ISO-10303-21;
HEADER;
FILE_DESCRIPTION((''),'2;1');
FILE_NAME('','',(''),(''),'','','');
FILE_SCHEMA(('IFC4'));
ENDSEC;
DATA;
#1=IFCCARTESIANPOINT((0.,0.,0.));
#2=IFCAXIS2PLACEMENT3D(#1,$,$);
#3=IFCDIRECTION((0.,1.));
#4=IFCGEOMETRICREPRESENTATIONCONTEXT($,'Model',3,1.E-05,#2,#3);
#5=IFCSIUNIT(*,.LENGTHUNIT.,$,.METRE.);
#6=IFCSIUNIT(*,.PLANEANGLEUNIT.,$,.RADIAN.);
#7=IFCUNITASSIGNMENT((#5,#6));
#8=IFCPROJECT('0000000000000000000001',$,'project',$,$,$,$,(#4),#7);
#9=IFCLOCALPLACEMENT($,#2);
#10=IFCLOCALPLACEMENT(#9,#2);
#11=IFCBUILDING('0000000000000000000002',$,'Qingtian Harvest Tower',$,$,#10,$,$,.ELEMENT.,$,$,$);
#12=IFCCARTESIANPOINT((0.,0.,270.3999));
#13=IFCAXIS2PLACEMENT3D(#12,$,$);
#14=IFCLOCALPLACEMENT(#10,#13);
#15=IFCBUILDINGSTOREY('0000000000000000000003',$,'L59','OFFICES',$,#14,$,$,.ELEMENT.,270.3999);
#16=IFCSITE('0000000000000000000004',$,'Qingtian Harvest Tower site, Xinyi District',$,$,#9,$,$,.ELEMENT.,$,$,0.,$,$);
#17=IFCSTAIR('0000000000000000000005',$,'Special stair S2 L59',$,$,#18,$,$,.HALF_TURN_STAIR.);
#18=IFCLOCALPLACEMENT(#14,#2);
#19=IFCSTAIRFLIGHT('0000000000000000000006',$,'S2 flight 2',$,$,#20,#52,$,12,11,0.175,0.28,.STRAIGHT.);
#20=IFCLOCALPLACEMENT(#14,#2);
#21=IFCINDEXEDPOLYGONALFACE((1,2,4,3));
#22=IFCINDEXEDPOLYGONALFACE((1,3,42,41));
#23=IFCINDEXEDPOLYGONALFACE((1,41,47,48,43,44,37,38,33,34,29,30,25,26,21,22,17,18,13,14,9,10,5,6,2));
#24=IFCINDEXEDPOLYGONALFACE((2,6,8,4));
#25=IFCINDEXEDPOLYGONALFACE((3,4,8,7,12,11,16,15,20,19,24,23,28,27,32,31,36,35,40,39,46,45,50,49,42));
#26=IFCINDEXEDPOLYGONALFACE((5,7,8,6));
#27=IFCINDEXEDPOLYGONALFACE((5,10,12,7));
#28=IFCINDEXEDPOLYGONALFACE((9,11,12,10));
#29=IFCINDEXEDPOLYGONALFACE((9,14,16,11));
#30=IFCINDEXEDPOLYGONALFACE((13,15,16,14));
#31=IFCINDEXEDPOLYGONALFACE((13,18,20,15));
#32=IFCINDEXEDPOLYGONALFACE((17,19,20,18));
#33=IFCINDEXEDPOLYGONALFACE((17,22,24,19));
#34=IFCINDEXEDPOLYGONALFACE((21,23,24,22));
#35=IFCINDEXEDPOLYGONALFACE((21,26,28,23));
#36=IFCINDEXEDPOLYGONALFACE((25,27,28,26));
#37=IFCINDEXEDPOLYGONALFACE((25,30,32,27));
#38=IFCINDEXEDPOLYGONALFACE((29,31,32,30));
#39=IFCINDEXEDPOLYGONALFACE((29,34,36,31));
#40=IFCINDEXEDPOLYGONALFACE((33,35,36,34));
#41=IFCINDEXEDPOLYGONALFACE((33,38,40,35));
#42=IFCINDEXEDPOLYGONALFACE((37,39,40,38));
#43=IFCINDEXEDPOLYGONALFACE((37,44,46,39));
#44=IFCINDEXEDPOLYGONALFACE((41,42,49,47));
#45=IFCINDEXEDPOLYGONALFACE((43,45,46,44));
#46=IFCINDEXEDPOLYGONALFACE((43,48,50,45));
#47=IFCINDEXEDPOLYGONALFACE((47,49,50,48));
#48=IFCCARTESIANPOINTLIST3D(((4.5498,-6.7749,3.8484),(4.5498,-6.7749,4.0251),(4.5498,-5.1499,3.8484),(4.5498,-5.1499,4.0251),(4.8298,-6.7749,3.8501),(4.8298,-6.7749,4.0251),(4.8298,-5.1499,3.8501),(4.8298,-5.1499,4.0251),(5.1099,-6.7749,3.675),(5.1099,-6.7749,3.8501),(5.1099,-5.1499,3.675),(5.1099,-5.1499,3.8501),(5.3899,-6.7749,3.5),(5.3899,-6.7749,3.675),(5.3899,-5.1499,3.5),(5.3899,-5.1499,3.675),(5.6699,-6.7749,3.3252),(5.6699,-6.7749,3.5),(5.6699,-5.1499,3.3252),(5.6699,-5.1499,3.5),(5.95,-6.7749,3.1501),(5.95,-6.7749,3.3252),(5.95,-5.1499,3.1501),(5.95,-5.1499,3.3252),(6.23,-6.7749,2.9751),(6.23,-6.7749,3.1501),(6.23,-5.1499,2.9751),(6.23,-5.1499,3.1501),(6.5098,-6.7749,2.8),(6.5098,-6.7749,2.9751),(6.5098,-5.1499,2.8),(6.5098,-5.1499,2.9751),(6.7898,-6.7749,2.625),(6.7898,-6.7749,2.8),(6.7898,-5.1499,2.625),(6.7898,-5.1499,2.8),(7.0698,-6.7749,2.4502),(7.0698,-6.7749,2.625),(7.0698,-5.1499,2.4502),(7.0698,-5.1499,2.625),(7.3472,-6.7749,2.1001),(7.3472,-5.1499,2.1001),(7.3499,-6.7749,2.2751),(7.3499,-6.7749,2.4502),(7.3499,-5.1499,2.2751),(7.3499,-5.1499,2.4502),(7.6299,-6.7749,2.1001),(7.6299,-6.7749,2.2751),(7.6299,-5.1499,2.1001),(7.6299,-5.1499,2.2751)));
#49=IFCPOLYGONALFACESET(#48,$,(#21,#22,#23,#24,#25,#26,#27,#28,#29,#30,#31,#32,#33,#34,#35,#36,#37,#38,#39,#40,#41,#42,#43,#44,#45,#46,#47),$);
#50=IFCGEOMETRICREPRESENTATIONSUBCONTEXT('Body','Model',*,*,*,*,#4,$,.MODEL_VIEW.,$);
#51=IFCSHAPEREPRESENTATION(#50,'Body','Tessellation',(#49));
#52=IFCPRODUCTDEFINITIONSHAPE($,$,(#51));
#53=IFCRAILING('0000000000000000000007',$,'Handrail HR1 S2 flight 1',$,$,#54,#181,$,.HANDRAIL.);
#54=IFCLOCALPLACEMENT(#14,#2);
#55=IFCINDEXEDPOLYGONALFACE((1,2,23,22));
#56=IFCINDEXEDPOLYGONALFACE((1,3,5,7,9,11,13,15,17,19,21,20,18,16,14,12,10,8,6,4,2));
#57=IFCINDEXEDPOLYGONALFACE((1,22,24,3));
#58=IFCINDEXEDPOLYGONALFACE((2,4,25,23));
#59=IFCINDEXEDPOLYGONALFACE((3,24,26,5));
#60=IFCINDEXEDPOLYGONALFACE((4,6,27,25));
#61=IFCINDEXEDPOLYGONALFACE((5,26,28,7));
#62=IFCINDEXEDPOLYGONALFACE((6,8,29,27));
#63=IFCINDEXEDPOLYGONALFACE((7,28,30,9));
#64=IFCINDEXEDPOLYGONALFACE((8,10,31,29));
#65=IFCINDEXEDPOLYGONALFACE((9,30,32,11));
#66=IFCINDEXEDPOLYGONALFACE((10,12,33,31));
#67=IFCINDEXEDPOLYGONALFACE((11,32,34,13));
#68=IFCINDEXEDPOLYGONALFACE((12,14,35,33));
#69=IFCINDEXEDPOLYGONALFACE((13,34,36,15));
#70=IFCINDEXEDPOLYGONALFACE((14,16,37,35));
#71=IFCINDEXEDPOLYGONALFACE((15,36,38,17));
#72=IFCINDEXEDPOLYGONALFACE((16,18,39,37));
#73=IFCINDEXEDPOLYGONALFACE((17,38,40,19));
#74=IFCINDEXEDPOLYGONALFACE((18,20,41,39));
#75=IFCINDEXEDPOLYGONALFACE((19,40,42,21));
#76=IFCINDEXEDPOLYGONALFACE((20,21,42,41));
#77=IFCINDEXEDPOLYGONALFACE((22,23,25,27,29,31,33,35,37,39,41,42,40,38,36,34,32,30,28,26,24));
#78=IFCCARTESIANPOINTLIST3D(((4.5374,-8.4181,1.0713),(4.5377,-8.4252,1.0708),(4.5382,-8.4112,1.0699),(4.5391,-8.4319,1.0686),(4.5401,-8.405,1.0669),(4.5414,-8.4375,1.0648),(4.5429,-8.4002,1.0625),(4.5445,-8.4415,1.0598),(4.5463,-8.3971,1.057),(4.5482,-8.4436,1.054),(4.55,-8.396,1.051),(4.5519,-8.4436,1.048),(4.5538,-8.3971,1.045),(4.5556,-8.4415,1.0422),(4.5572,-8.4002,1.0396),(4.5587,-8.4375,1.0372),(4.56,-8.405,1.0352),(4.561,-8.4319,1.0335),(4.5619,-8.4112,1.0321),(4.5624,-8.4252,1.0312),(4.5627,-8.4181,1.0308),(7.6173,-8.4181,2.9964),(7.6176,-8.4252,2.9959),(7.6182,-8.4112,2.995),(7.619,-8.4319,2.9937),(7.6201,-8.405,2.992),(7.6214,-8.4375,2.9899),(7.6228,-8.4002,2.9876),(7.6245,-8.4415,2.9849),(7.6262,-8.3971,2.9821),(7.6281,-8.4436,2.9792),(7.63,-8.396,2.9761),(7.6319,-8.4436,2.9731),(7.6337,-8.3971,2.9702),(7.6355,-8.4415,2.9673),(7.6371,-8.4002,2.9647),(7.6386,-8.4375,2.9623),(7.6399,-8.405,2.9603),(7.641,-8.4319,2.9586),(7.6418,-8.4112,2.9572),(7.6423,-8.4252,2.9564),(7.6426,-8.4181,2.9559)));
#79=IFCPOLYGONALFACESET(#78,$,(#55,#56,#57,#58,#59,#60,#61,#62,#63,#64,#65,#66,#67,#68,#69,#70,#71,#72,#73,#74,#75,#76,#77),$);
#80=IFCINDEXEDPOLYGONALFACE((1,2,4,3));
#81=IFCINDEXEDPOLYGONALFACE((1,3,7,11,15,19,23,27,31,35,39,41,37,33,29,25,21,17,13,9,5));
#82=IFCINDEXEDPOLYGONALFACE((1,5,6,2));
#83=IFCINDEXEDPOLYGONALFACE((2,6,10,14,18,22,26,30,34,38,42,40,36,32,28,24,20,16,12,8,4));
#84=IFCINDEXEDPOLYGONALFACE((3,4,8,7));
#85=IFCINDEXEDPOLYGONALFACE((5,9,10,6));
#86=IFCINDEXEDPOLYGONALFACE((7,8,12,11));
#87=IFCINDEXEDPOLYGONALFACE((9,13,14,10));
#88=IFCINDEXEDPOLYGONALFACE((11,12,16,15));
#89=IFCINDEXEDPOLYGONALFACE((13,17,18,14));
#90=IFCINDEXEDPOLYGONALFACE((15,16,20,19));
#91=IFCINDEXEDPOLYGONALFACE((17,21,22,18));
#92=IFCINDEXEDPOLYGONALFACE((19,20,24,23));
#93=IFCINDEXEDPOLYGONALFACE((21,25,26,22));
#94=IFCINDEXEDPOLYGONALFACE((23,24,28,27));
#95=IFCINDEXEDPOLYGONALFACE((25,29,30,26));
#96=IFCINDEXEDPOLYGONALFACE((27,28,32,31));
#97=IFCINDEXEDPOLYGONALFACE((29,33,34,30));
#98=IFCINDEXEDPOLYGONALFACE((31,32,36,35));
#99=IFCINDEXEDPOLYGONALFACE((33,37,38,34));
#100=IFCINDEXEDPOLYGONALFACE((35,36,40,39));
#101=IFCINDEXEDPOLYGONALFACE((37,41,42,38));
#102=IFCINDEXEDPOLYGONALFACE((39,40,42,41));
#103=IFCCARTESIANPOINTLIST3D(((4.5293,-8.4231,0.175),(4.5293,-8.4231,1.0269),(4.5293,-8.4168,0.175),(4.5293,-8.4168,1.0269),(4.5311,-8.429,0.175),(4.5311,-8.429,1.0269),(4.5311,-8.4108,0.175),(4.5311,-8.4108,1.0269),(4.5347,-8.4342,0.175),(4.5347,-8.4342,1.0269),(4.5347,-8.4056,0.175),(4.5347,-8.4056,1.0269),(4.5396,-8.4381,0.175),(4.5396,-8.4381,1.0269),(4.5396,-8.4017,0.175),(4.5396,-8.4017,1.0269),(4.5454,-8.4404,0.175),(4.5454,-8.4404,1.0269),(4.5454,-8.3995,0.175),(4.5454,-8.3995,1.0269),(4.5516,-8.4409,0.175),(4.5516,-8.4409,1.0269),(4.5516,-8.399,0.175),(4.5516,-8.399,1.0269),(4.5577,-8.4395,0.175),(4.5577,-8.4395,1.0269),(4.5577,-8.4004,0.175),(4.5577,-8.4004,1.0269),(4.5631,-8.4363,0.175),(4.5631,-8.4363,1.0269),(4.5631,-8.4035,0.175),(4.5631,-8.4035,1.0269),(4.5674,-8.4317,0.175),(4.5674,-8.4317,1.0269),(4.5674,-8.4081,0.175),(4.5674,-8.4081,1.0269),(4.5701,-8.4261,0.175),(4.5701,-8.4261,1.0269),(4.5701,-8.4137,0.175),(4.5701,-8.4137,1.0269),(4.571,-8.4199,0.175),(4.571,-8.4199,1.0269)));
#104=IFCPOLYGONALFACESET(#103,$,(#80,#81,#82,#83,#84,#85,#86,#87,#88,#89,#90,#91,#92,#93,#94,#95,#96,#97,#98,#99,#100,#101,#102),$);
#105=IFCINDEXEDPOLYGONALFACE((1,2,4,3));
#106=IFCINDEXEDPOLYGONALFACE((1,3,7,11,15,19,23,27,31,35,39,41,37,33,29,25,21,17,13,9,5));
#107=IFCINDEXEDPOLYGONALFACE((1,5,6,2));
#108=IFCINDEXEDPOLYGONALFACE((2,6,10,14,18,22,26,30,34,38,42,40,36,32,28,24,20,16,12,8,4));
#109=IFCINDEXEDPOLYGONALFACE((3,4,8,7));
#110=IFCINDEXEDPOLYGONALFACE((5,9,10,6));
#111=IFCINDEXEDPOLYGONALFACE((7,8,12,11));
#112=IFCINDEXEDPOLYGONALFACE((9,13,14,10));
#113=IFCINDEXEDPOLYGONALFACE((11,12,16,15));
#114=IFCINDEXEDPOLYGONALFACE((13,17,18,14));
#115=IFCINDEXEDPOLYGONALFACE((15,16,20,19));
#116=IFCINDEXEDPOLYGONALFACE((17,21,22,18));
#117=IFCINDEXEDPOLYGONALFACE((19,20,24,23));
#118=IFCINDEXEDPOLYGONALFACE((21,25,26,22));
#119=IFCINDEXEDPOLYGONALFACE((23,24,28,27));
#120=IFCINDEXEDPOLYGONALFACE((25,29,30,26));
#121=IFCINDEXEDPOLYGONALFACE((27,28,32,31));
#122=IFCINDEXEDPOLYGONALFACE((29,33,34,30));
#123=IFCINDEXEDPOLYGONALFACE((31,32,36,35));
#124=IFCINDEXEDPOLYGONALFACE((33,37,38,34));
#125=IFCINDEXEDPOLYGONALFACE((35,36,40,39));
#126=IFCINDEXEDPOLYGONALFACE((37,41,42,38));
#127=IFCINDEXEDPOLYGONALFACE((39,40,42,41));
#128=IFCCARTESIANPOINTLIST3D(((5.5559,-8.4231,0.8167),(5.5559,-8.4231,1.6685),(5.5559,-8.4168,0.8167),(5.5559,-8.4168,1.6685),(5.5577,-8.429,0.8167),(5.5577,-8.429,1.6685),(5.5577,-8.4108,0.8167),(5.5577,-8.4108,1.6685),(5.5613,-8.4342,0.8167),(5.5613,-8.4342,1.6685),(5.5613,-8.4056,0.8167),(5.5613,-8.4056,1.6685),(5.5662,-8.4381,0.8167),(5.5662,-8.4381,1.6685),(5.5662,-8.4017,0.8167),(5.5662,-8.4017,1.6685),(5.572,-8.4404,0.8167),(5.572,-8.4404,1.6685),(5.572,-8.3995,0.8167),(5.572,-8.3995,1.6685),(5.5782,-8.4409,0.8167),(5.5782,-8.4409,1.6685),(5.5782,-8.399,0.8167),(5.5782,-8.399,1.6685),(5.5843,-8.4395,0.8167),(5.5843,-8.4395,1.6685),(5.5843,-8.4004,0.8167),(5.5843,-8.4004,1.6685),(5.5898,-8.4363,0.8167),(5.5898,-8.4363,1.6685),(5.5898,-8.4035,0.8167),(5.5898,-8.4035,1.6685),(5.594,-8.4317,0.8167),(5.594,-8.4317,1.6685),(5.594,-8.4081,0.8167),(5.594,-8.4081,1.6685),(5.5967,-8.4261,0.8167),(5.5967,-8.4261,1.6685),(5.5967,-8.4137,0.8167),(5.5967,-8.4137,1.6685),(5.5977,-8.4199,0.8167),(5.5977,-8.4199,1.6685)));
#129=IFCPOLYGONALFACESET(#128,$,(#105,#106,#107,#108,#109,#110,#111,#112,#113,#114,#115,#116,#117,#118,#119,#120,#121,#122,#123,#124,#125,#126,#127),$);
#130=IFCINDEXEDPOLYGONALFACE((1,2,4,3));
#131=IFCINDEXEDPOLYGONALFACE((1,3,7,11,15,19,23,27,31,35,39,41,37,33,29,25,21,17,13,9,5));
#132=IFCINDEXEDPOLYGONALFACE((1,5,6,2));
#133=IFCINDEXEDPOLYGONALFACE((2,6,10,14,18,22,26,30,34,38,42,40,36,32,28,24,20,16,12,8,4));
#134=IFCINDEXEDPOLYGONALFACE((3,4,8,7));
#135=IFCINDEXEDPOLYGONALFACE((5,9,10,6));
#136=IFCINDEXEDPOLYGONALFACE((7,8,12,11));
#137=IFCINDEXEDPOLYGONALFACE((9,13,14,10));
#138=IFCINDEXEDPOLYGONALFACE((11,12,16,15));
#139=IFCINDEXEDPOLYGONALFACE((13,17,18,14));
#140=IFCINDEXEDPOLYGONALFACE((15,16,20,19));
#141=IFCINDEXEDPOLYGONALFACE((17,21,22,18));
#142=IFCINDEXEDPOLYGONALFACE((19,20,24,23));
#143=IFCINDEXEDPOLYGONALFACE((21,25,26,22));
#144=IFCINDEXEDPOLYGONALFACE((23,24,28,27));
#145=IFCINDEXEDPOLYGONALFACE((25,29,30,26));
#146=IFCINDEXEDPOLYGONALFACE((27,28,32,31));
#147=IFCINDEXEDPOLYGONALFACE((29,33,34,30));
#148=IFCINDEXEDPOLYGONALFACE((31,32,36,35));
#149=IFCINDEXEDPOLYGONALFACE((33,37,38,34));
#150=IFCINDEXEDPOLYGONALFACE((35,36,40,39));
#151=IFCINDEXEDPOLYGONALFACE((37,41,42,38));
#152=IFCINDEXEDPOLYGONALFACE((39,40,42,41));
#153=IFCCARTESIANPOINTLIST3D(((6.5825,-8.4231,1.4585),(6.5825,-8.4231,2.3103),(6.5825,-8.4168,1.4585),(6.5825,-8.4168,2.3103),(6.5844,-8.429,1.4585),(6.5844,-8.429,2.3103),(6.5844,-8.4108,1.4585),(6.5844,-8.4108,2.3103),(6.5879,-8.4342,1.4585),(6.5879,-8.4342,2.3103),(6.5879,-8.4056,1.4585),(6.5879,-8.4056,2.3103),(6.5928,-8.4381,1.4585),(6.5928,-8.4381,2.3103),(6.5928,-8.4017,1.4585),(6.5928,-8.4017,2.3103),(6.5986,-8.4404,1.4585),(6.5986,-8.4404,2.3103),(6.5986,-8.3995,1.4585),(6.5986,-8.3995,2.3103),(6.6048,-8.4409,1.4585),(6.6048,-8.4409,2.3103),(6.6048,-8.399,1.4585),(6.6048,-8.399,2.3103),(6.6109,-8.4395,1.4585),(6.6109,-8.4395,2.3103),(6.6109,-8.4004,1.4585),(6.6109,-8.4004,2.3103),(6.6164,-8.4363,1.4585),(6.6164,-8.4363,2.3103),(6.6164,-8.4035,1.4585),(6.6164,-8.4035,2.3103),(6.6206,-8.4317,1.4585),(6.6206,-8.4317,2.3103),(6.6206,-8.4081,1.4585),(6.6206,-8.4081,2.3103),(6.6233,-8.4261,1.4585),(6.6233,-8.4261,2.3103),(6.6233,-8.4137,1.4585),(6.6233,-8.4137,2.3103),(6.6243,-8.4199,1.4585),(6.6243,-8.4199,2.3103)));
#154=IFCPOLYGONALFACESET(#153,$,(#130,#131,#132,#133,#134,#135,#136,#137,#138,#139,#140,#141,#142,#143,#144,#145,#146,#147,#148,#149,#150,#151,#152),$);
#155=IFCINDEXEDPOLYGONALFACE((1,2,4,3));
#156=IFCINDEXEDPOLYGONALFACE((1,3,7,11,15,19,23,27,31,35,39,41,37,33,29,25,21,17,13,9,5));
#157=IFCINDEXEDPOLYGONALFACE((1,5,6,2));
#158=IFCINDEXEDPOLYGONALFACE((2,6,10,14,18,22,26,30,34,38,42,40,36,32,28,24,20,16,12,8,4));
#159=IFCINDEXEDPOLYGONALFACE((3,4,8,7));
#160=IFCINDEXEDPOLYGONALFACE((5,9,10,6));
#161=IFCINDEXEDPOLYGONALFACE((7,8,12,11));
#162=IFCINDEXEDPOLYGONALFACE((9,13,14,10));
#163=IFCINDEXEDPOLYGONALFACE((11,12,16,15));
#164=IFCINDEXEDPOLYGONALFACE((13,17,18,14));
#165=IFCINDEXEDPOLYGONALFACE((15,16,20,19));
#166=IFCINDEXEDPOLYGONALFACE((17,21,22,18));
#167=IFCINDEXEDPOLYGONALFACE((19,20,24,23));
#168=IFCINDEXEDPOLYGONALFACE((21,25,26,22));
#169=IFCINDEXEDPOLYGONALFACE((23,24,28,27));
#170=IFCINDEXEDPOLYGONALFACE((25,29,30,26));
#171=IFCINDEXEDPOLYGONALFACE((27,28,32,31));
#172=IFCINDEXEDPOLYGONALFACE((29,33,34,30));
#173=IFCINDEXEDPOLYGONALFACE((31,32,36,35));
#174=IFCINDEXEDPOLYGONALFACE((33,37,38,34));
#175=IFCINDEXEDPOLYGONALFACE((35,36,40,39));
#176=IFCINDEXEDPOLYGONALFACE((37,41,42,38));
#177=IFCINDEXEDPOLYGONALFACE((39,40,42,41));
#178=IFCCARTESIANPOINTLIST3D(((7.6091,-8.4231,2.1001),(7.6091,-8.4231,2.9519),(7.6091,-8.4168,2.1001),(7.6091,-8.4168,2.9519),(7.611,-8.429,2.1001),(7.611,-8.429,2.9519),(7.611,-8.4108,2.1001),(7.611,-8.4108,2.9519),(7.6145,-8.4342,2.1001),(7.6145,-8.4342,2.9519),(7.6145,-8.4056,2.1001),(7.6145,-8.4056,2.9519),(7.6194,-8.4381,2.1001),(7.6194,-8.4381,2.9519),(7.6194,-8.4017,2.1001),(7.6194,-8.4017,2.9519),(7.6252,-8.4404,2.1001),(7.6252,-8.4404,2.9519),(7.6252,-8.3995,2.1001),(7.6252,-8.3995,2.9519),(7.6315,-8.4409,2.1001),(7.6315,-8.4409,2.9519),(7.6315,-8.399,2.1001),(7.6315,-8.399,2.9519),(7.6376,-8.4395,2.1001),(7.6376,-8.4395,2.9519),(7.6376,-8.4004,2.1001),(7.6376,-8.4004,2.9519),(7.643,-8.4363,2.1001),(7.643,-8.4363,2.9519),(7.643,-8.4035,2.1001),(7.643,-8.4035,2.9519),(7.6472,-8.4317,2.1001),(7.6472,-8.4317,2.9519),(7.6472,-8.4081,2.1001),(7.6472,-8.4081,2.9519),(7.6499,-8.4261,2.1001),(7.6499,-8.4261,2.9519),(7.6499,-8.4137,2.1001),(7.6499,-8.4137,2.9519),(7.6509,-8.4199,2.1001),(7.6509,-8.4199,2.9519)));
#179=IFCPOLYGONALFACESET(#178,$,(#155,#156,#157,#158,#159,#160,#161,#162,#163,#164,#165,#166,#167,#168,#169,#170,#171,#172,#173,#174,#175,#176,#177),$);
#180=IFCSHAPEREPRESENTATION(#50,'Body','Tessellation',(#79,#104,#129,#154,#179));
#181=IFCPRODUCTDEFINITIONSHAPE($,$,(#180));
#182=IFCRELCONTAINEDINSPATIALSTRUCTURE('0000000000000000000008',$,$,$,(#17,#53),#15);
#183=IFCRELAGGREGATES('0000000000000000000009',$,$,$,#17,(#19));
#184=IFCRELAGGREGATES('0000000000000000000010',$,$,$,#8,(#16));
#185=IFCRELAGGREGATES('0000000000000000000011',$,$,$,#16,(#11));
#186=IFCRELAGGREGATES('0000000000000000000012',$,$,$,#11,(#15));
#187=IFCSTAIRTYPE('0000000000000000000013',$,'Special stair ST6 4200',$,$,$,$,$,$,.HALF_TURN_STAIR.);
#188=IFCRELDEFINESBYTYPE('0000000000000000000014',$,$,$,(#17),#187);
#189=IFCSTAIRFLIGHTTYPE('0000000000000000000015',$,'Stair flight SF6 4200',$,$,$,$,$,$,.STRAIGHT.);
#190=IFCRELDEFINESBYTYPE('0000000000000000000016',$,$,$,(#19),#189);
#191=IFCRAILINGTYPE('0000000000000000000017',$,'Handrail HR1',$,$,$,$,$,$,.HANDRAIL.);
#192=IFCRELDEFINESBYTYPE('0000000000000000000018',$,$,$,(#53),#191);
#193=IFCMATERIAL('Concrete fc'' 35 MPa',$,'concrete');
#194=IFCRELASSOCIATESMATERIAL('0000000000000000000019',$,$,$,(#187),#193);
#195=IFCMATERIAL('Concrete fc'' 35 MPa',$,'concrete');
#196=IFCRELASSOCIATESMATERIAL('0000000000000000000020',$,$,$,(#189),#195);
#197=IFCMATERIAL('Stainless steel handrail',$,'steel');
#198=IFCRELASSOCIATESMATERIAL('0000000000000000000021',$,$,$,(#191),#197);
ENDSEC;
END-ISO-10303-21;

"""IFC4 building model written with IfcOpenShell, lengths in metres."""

from ifc_helpers import new_model, si_unit, direction, frame, origin, origin_2d, place, context, subcontext, project, spatial, polyline, circle, outline, extrude, material, type_object, element, aggregate, save


model = new_model("IFC4")

# Units and contexts
model_context = context("Model", 3, precision=1e-05, world=origin(), true_north=direction((0.0, 1.0)))
body_context = subcontext(model_context, "Body", "Model", "MODEL_VIEW")
ifc_project = project(units=[si_unit("LENGTHUNIT", "METRE"), si_unit("PLANEANGLEUNIT", "RADIAN")], contexts=[model_context])

# Site, building, storey
site_placement = place(None, origin())
site = spatial("IfcSite", under=ifc_project, at=site_placement, Name="Qingtian Harvest Tower site, Xinyi District", CompositionType="ELEMENT", RefElevation=0.0)
building_placement = place(site_placement, origin())
building = spatial("IfcBuilding", under=site, at=building_placement, Name="Qingtian Harvest Tower", CompositionType="ELEMENT")
storey_placement = place(building_placement, frame((0.0, 0.0, 270.3999)))
storey = spatial("IfcBuildingStorey", under=building, at=storey_placement, Name="L59", Description="OFFICES", CompositionType="ELEMENT", Elevation=270.3999)

# Stair, stair flight
ifc_material_1 = material(Name="Concrete fc' 35 MPa", Category="concrete")
stair_type = type_object("IfcStairType", Name="Special stair ST6 4200", PredefinedType="HALF_TURN_STAIR", material=ifc_material_1)
stair_placement = place(storey_placement, origin())
stair = element("IfcStair", 1, at=stair_placement, inside=storey, type_object=stair_type, Name="Special stair S2 L59", PredefinedType="HALF_TURN_STAIR")
ifc_material_2 = material(Name="Concrete fc' 35 MPa", Category="concrete")
stair_flight_type = type_object("IfcStairFlightType", Name="Stair flight SF6 4200", PredefinedType="STRAIGHT", material=ifc_material_2)
stair_flight_1_placement = place(storey_placement, frame((7.6299, -5.9624, 2.1001), z_axis=(0.0, 0.0, 1.0), x_axis=(-1.0, 0.0, 0.0)))
stair_flight_1 = element("IfcStairFlight", 2, at=stair_flight_1_placement, type_object=stair_flight_type, Name="S2 flight 2", NumberOfRisers=12, NumberOfTreads=11, PredefinedType="STRAIGHT", RiserHeight=0.175, TreadLength=0.28, context=body_context, shape_type="SweptSolid", body=[
    extrude(outline(polyline([(0.0, 0.0), (0.0, 0.175), (0.28, 0.175), (0.28, 0.3501), (0.5601, 0.3501), (0.5601, 0.5249), (0.8401, 0.5249), (0.8401, 0.7), (1.1201, 0.7), (1.1201, 0.875), (1.3999, 0.875), (1.3999, 1.05), (1.6799, 1.05), (1.6799, 1.2251), (1.96, 1.2251), (1.96, 1.3999), (2.24, 1.3999), (2.24, 1.575), (2.52, 1.575), (2.52, 1.75), (2.8, 1.75), (2.8, 1.925), (3.0801, 1.925), (3.0801, 2.1001), (3.0801, 1.7483), (0.2827, 0.0), (0.0, 0.0)])), frame((0.0, 0.8125, 0.0), z_axis=(0.0, -1.0, 0.0), x_axis=(1.0, 0.0, 0.0)), (0.0, 0.0, 1.0), 1.625),
])
aggregate(stair, [stair_flight_1])

# Railing
ifc_material_3 = material(Name="Stainless steel handrail", Category="steel")
railing_type = type_object("IfcRailingType", Name="Handrail HR1", PredefinedType="HANDRAIL", material=ifc_material_3)
railing_1_placement = place(storey_placement, frame((4.55, -8.4199, 0.175)))
element("IfcRailing", 3, at=railing_1_placement, inside=storey, type_object=railing_type, Name="Handrail HR1 S2 flight 1", PredefinedType="HANDRAIL", context=body_context, shape_type="SweptSolid", body=[
    extrude(circle(Radius=0.0239, at=origin_2d()), frame((0.0, 0.0, 0.876), z_axis=(0.847979, 0.0, 0.530029), x_axis=(0.0, 1.0, 0.0)), (0.0, 0.0, 1.0), 3.6321),
    extrude(circle(Radius=0.021, at=origin_2d()), origin(), (0.0, 0.0, 1.0), 0.8518),
    extrude(circle(Radius=0.021, at=origin_2d()), frame((1.0266, 0.0, 0.6416)), (0.0, 0.0, 1.0), 0.8518),
    extrude(circle(Radius=0.021, at=origin_2d()), frame((2.0532, 0.0, 1.2834)), (0.0, 0.0, 1.0), 0.8518),
    extrude(circle(Radius=0.021, at=origin_2d()), frame((3.0798, 0.0, 1.925)), (0.0, 0.0, 1.0), 0.8518),
])

save(model, "model.ifc")
